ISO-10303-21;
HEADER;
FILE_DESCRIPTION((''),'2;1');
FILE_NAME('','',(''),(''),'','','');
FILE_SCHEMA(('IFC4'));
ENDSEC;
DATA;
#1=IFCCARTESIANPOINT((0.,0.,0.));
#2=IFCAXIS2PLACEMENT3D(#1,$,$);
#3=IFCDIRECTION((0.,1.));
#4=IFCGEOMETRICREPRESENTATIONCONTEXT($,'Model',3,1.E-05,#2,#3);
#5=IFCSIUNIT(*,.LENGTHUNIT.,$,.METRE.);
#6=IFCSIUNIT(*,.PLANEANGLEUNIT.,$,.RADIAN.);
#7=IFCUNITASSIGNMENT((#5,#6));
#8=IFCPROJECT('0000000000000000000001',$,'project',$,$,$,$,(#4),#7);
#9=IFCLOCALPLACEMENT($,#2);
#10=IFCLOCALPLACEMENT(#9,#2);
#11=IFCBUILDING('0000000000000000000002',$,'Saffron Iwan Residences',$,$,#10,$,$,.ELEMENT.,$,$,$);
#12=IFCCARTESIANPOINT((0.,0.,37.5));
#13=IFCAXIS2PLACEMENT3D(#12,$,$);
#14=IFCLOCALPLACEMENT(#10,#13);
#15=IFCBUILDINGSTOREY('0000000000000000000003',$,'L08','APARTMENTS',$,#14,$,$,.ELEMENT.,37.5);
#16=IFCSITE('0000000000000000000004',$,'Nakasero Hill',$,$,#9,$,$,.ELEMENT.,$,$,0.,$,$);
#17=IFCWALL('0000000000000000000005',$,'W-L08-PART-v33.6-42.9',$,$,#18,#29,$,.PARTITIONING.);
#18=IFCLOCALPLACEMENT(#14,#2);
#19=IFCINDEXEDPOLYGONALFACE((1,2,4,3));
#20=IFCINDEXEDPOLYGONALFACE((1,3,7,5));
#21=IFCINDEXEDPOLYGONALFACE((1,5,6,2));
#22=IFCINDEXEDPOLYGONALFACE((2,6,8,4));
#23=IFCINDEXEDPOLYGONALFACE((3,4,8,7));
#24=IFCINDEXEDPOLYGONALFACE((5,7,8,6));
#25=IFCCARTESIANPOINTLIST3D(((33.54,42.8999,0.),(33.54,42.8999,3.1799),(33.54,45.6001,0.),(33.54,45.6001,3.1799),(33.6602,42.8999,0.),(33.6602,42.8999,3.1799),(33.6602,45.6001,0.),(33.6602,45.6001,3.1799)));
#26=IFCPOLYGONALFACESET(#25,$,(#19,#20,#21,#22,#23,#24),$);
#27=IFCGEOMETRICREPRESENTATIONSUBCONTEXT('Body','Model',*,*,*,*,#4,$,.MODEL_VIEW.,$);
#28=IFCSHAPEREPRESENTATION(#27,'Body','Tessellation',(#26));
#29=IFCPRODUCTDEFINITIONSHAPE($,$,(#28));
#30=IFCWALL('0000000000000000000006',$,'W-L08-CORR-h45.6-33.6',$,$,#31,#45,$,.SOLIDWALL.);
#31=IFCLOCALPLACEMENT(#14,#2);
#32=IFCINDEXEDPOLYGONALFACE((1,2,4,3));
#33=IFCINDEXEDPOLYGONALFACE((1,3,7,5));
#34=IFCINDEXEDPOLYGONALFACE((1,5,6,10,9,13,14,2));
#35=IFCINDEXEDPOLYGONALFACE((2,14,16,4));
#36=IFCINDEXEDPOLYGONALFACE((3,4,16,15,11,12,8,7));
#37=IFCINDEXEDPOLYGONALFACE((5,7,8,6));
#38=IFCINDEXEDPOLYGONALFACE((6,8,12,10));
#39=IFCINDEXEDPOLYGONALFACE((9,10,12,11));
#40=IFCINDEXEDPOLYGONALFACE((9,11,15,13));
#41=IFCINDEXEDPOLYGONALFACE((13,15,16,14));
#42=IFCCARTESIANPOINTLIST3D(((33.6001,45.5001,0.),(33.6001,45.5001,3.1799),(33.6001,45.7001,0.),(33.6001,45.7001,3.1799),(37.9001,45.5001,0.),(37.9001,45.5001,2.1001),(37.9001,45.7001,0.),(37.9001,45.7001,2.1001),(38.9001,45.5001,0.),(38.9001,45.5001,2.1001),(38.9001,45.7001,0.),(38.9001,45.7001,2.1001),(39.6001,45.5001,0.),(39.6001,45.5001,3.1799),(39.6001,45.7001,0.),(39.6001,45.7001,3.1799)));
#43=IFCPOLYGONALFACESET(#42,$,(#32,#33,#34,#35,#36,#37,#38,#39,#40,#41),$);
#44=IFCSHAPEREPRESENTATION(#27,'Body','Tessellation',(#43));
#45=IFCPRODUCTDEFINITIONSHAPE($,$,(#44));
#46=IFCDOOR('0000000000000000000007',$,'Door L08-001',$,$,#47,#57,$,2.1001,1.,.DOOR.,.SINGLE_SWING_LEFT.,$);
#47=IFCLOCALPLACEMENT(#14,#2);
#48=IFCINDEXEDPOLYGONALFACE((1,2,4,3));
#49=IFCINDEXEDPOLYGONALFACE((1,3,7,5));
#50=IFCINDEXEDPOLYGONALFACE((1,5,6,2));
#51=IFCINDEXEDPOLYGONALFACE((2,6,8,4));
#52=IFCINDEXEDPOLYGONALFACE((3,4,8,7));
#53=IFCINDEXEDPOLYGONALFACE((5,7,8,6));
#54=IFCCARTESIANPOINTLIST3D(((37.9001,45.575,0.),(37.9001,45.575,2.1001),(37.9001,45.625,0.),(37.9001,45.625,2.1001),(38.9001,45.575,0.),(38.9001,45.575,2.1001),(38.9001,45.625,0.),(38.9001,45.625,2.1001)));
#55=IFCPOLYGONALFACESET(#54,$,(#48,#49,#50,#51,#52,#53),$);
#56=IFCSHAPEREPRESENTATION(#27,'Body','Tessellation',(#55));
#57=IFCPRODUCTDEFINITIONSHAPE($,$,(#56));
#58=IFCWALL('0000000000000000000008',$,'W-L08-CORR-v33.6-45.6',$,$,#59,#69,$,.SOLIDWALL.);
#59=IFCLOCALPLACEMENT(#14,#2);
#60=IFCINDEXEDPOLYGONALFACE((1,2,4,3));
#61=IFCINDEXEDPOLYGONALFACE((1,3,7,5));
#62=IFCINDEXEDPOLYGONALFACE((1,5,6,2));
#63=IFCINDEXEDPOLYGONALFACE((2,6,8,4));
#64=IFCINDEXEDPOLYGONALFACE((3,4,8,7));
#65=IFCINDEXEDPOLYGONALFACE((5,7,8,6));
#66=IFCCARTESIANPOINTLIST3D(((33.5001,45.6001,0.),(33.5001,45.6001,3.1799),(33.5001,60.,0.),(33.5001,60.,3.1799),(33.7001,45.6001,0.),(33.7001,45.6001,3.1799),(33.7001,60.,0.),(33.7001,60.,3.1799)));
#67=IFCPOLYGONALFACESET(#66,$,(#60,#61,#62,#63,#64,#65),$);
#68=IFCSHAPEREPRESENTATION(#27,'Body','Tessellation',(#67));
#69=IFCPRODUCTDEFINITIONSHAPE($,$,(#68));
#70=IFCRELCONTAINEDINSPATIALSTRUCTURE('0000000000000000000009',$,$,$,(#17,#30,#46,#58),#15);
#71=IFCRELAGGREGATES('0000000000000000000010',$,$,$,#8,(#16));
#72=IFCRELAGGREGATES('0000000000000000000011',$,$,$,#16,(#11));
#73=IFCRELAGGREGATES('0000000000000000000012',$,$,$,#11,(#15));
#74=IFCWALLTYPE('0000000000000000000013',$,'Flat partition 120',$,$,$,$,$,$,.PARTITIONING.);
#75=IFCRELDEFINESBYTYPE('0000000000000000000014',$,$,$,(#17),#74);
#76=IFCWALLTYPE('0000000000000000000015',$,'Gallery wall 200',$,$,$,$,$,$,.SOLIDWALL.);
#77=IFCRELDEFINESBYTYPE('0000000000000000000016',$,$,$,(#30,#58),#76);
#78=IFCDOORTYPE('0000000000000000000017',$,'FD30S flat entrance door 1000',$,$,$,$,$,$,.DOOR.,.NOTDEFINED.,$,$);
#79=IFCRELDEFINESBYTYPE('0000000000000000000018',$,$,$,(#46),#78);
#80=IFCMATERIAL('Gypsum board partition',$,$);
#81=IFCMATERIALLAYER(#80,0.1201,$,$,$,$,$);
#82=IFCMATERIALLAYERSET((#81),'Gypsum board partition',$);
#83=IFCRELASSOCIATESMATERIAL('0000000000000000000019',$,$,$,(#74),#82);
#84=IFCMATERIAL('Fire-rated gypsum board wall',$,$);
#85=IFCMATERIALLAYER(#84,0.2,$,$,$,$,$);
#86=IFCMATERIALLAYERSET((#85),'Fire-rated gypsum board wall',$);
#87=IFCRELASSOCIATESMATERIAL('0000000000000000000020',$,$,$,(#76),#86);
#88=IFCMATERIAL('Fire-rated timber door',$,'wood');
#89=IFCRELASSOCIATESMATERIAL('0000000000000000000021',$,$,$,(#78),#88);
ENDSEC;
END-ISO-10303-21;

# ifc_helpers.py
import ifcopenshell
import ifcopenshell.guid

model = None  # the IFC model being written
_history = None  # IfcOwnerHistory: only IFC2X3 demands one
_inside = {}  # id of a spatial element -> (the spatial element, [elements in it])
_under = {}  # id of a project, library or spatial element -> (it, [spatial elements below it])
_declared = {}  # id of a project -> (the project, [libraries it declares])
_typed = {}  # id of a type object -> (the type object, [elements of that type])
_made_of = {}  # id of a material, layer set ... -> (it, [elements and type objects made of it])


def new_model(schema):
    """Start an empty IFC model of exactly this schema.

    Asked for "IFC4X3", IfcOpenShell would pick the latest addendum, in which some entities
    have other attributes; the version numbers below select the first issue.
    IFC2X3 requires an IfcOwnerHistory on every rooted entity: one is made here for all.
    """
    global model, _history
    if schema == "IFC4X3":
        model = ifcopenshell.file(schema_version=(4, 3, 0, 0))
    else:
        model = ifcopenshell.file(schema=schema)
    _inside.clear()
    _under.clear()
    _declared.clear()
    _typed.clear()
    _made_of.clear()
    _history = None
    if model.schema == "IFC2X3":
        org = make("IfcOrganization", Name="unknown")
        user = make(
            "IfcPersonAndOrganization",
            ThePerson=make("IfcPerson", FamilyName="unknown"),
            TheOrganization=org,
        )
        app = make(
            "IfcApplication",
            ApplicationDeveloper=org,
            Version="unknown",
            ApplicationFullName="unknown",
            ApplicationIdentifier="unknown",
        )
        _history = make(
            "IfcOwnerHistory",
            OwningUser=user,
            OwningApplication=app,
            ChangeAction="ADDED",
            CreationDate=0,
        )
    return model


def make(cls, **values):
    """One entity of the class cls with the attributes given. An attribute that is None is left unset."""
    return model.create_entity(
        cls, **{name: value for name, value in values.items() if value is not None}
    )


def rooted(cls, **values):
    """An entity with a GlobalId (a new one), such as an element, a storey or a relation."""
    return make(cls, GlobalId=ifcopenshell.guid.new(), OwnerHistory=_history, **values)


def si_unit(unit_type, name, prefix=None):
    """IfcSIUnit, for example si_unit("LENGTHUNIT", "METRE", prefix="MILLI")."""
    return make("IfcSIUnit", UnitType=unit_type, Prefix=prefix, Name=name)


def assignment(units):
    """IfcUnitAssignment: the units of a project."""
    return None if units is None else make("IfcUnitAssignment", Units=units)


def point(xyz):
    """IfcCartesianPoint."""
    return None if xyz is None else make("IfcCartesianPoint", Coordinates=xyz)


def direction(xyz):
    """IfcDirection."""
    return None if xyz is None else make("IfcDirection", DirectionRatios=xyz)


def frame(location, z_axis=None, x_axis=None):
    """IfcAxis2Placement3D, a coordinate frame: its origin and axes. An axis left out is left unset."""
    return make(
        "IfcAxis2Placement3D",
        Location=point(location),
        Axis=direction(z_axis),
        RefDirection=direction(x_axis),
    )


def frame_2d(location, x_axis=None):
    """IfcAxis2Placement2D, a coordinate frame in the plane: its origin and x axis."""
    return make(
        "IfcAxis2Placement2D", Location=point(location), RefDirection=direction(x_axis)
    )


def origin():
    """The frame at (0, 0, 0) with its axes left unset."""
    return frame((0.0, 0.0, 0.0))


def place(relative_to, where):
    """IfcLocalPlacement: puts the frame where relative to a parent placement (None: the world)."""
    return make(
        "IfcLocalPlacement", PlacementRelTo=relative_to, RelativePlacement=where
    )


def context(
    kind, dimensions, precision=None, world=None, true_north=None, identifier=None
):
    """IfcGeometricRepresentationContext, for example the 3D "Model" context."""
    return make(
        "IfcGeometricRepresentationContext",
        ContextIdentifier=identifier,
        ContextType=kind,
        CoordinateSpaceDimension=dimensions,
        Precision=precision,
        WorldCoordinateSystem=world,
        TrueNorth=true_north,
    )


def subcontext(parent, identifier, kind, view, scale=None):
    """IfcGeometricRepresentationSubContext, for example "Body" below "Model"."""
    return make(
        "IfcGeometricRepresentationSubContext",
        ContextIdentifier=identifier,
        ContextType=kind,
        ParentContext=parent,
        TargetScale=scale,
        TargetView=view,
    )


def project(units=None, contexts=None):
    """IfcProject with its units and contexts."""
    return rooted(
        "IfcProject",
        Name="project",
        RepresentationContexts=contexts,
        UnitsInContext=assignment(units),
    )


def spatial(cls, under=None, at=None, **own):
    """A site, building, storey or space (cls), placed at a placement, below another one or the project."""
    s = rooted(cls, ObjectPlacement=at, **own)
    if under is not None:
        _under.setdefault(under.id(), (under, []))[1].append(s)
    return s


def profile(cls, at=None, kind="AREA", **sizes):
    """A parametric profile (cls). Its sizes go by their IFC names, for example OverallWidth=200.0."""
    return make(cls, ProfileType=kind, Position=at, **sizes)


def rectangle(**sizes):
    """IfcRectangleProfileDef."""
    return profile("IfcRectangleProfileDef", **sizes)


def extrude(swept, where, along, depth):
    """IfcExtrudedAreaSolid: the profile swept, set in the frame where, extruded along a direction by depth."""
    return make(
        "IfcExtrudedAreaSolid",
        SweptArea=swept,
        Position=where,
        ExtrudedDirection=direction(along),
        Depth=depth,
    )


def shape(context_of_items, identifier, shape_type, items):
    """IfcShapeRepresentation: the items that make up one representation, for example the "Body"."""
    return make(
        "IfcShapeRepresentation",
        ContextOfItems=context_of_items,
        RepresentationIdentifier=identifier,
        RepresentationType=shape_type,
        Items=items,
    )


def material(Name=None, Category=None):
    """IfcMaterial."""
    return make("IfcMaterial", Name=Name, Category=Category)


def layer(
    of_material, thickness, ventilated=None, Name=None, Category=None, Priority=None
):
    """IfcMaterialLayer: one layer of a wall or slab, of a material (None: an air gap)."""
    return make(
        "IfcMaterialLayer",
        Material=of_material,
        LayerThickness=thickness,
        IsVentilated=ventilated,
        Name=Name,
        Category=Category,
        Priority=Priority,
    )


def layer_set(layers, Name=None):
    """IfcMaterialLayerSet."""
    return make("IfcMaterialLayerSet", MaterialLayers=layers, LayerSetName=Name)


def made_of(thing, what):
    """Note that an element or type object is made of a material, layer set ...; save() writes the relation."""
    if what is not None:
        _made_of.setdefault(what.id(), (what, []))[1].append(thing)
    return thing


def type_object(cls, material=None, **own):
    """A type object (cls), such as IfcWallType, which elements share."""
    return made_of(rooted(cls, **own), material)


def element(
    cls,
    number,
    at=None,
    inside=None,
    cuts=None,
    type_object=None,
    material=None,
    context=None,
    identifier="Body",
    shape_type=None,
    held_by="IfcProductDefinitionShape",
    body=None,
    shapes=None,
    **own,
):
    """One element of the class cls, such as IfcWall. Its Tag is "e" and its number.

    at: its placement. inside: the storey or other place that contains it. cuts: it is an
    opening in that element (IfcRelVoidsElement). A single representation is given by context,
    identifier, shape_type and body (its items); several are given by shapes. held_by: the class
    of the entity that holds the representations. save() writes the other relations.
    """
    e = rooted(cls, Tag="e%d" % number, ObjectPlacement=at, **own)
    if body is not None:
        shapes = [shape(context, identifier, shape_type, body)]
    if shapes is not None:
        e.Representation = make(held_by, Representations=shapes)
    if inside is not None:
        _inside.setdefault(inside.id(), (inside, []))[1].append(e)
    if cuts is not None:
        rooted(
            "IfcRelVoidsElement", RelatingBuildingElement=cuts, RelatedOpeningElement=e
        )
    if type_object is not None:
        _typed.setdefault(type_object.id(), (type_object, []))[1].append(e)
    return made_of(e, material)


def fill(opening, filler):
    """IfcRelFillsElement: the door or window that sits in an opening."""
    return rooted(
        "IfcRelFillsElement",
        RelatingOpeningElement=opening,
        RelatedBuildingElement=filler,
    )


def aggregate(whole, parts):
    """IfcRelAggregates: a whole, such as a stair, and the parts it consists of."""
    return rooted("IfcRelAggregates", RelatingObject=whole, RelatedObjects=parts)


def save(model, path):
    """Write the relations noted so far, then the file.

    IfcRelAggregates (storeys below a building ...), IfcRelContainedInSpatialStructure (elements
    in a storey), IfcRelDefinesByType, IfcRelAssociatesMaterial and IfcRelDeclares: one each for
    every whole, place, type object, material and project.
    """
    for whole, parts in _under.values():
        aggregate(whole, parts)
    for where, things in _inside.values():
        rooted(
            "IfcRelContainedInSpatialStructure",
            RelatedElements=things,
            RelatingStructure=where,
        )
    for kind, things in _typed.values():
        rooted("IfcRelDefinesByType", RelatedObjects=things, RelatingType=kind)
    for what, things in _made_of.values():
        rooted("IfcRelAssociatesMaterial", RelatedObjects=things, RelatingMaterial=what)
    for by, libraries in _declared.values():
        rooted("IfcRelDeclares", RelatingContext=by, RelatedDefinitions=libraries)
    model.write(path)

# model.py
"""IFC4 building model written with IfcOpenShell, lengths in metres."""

from ifc_helpers import new_model, si_unit, direction, frame, frame_2d, origin, place, context, subcontext, project, spatial, rectangle, extrude, material, layer, layer_set, type_object, element, fill, save


model = new_model("IFC4")

# Units and contexts
model_context = context("Model", 3, precision=1e-05, world=origin(), true_north=direction((0.0, 1.0)))
body_context = subcontext(model_context, "Body", "Model", "MODEL_VIEW")
ifc_project = project(units=[si_unit("LENGTHUNIT", "METRE"), si_unit("PLANEANGLEUNIT", "RADIAN")], contexts=[model_context])

# Site, building, storey
site_placement = place(None, origin())
site = spatial("IfcSite", under=ifc_project, at=site_placement, Name="Nakasero Hill", CompositionType="ELEMENT", RefElevation=0.0)
building_placement = place(site_placement, origin())
building = spatial("IfcBuilding", under=site, at=building_placement, Name="Saffron Iwan Residences", CompositionType="ELEMENT")
storey_placement = place(building_placement, frame((0.0, 0.0, 37.5)))
storey = spatial("IfcBuildingStorey", under=building, at=storey_placement, Name="L08", Description="APARTMENTS", CompositionType="ELEMENT", Elevation=37.5)

# Shared definitions
ifc_material_1 = material(Name="Gypsum board partition")
ifc_layer_1 = layer(ifc_material_1, 0.1201)
ifc_layer_set_1 = layer_set([ifc_layer_1], Name="Gypsum board partition")
wall_type_1 = type_object("IfcWallType", Name="Flat partition 120", PredefinedType="PARTITIONING", material=ifc_layer_set_1)

# Wall
wall_1_placement = place(storey_placement, frame((33.6001, 42.8999, 0.0), z_axis=(0.0, 0.0, 1.0), x_axis=(0.0, 1.0, 0.0)))
element("IfcWall", 1, at=wall_1_placement, inside=storey, type_object=wall_type_1, Name="W-L08-PART-v33.6-42.9", PredefinedType="PARTITIONING", context=body_context, shape_type="SweptSolid", body=[
    extrude(rectangle(XDim=2.7002, YDim=0.1201, at=frame_2d((1.3501, 0.0))), origin(), (0.0, 0.0, 1.0), 3.1799),
])

# Wall, opening, door
ifc_material_2 = material(Name="Fire-rated gypsum board wall")
ifc_layer_2 = layer(ifc_material_2, 0.2)
ifc_layer_set_2 = layer_set([ifc_layer_2], Name="Fire-rated gypsum board wall")
wall_type_2 = type_object("IfcWallType", Name="Gallery wall 200", PredefinedType="SOLIDWALL", material=ifc_layer_set_2)
wall_2_placement = place(storey_placement, frame((33.6001, 45.6001, 0.0), z_axis=(0.0, 0.0, 1.0), x_axis=(1.0, 0.0, 0.0)))
wall_2 = element("IfcWall", 2, at=wall_2_placement, inside=storey, type_object=wall_type_2, Name="W-L08-CORR-h45.6-33.6", PredefinedType="SOLIDWALL", context=body_context, shape_type="SweptSolid", body=[
    extrude(rectangle(XDim=6.0, YDim=0.2, at=frame_2d((3.0, 0.0))), origin(), (0.0, 0.0, 1.0), 3.1799),
])
opening_1_placement = place(wall_2_placement, frame((4.3, 0.0, 0.0)))
opening_1 = element("IfcOpeningElement", 3, at=opening_1_placement, cuts=wall_2, PredefinedType="OPENING", context=body_context, shape_type="SweptSolid", body=[
    extrude(rectangle(XDim=1.0, YDim=2.1001, at=frame_2d((0.5, 1.05))), frame((0.0, 0.1099, 0.0), z_axis=(0.0, -1.0, 0.0), x_axis=(1.0, 0.0, 0.0)), (0.0, 0.0, 1.0), 0.22),
])
ifc_material_3 = material(Name="Fire-rated timber door", Category="wood")
door_type_1 = type_object("IfcDoorType", Name="FD30S flat entrance door 1000", OperationType="NOTDEFINED", PredefinedType="DOOR", material=ifc_material_3)
door_1_placement = place(opening_1_placement, origin())
door_1 = element("IfcDoor", 4, at=door_1_placement, inside=storey, type_object=door_type_1, Name="Door L08-001", OperationType="SINGLE_SWING_LEFT", OverallHeight=2.1001, OverallWidth=1.0, PredefinedType="DOOR", context=body_context, shape_type="SweptSolid", body=[
    extrude(rectangle(XDim=1.0, YDim=2.1001, at=frame_2d((0.5, 1.05))), frame((0.0, 0.0249, 0.0), z_axis=(0.0, -1.0, 0.0), x_axis=(1.0, 0.0, 0.0)), (0.0, 0.0, 1.0), 0.05),
])
fill(opening_1, door_1)

# Wall
wall_3_placement = place(storey_placement, frame((33.6001, 45.6001, 0.0), z_axis=(0.0, 0.0, 1.0), x_axis=(0.0, 1.0, 0.0)))
element("IfcWall", 5, at=wall_3_placement, inside=storey, type_object=wall_type_2, Name="W-L08-CORR-v33.6-45.6", PredefinedType="SOLIDWALL", context=body_context, shape_type="SweptSolid", body=[
    extrude(rectangle(XDim=14.3999, YDim=0.2, at=frame_2d((7.2, 0.0))), origin(), (0.0, 0.0, 1.0), 3.1799),
])

save(model, "model.ifc")
